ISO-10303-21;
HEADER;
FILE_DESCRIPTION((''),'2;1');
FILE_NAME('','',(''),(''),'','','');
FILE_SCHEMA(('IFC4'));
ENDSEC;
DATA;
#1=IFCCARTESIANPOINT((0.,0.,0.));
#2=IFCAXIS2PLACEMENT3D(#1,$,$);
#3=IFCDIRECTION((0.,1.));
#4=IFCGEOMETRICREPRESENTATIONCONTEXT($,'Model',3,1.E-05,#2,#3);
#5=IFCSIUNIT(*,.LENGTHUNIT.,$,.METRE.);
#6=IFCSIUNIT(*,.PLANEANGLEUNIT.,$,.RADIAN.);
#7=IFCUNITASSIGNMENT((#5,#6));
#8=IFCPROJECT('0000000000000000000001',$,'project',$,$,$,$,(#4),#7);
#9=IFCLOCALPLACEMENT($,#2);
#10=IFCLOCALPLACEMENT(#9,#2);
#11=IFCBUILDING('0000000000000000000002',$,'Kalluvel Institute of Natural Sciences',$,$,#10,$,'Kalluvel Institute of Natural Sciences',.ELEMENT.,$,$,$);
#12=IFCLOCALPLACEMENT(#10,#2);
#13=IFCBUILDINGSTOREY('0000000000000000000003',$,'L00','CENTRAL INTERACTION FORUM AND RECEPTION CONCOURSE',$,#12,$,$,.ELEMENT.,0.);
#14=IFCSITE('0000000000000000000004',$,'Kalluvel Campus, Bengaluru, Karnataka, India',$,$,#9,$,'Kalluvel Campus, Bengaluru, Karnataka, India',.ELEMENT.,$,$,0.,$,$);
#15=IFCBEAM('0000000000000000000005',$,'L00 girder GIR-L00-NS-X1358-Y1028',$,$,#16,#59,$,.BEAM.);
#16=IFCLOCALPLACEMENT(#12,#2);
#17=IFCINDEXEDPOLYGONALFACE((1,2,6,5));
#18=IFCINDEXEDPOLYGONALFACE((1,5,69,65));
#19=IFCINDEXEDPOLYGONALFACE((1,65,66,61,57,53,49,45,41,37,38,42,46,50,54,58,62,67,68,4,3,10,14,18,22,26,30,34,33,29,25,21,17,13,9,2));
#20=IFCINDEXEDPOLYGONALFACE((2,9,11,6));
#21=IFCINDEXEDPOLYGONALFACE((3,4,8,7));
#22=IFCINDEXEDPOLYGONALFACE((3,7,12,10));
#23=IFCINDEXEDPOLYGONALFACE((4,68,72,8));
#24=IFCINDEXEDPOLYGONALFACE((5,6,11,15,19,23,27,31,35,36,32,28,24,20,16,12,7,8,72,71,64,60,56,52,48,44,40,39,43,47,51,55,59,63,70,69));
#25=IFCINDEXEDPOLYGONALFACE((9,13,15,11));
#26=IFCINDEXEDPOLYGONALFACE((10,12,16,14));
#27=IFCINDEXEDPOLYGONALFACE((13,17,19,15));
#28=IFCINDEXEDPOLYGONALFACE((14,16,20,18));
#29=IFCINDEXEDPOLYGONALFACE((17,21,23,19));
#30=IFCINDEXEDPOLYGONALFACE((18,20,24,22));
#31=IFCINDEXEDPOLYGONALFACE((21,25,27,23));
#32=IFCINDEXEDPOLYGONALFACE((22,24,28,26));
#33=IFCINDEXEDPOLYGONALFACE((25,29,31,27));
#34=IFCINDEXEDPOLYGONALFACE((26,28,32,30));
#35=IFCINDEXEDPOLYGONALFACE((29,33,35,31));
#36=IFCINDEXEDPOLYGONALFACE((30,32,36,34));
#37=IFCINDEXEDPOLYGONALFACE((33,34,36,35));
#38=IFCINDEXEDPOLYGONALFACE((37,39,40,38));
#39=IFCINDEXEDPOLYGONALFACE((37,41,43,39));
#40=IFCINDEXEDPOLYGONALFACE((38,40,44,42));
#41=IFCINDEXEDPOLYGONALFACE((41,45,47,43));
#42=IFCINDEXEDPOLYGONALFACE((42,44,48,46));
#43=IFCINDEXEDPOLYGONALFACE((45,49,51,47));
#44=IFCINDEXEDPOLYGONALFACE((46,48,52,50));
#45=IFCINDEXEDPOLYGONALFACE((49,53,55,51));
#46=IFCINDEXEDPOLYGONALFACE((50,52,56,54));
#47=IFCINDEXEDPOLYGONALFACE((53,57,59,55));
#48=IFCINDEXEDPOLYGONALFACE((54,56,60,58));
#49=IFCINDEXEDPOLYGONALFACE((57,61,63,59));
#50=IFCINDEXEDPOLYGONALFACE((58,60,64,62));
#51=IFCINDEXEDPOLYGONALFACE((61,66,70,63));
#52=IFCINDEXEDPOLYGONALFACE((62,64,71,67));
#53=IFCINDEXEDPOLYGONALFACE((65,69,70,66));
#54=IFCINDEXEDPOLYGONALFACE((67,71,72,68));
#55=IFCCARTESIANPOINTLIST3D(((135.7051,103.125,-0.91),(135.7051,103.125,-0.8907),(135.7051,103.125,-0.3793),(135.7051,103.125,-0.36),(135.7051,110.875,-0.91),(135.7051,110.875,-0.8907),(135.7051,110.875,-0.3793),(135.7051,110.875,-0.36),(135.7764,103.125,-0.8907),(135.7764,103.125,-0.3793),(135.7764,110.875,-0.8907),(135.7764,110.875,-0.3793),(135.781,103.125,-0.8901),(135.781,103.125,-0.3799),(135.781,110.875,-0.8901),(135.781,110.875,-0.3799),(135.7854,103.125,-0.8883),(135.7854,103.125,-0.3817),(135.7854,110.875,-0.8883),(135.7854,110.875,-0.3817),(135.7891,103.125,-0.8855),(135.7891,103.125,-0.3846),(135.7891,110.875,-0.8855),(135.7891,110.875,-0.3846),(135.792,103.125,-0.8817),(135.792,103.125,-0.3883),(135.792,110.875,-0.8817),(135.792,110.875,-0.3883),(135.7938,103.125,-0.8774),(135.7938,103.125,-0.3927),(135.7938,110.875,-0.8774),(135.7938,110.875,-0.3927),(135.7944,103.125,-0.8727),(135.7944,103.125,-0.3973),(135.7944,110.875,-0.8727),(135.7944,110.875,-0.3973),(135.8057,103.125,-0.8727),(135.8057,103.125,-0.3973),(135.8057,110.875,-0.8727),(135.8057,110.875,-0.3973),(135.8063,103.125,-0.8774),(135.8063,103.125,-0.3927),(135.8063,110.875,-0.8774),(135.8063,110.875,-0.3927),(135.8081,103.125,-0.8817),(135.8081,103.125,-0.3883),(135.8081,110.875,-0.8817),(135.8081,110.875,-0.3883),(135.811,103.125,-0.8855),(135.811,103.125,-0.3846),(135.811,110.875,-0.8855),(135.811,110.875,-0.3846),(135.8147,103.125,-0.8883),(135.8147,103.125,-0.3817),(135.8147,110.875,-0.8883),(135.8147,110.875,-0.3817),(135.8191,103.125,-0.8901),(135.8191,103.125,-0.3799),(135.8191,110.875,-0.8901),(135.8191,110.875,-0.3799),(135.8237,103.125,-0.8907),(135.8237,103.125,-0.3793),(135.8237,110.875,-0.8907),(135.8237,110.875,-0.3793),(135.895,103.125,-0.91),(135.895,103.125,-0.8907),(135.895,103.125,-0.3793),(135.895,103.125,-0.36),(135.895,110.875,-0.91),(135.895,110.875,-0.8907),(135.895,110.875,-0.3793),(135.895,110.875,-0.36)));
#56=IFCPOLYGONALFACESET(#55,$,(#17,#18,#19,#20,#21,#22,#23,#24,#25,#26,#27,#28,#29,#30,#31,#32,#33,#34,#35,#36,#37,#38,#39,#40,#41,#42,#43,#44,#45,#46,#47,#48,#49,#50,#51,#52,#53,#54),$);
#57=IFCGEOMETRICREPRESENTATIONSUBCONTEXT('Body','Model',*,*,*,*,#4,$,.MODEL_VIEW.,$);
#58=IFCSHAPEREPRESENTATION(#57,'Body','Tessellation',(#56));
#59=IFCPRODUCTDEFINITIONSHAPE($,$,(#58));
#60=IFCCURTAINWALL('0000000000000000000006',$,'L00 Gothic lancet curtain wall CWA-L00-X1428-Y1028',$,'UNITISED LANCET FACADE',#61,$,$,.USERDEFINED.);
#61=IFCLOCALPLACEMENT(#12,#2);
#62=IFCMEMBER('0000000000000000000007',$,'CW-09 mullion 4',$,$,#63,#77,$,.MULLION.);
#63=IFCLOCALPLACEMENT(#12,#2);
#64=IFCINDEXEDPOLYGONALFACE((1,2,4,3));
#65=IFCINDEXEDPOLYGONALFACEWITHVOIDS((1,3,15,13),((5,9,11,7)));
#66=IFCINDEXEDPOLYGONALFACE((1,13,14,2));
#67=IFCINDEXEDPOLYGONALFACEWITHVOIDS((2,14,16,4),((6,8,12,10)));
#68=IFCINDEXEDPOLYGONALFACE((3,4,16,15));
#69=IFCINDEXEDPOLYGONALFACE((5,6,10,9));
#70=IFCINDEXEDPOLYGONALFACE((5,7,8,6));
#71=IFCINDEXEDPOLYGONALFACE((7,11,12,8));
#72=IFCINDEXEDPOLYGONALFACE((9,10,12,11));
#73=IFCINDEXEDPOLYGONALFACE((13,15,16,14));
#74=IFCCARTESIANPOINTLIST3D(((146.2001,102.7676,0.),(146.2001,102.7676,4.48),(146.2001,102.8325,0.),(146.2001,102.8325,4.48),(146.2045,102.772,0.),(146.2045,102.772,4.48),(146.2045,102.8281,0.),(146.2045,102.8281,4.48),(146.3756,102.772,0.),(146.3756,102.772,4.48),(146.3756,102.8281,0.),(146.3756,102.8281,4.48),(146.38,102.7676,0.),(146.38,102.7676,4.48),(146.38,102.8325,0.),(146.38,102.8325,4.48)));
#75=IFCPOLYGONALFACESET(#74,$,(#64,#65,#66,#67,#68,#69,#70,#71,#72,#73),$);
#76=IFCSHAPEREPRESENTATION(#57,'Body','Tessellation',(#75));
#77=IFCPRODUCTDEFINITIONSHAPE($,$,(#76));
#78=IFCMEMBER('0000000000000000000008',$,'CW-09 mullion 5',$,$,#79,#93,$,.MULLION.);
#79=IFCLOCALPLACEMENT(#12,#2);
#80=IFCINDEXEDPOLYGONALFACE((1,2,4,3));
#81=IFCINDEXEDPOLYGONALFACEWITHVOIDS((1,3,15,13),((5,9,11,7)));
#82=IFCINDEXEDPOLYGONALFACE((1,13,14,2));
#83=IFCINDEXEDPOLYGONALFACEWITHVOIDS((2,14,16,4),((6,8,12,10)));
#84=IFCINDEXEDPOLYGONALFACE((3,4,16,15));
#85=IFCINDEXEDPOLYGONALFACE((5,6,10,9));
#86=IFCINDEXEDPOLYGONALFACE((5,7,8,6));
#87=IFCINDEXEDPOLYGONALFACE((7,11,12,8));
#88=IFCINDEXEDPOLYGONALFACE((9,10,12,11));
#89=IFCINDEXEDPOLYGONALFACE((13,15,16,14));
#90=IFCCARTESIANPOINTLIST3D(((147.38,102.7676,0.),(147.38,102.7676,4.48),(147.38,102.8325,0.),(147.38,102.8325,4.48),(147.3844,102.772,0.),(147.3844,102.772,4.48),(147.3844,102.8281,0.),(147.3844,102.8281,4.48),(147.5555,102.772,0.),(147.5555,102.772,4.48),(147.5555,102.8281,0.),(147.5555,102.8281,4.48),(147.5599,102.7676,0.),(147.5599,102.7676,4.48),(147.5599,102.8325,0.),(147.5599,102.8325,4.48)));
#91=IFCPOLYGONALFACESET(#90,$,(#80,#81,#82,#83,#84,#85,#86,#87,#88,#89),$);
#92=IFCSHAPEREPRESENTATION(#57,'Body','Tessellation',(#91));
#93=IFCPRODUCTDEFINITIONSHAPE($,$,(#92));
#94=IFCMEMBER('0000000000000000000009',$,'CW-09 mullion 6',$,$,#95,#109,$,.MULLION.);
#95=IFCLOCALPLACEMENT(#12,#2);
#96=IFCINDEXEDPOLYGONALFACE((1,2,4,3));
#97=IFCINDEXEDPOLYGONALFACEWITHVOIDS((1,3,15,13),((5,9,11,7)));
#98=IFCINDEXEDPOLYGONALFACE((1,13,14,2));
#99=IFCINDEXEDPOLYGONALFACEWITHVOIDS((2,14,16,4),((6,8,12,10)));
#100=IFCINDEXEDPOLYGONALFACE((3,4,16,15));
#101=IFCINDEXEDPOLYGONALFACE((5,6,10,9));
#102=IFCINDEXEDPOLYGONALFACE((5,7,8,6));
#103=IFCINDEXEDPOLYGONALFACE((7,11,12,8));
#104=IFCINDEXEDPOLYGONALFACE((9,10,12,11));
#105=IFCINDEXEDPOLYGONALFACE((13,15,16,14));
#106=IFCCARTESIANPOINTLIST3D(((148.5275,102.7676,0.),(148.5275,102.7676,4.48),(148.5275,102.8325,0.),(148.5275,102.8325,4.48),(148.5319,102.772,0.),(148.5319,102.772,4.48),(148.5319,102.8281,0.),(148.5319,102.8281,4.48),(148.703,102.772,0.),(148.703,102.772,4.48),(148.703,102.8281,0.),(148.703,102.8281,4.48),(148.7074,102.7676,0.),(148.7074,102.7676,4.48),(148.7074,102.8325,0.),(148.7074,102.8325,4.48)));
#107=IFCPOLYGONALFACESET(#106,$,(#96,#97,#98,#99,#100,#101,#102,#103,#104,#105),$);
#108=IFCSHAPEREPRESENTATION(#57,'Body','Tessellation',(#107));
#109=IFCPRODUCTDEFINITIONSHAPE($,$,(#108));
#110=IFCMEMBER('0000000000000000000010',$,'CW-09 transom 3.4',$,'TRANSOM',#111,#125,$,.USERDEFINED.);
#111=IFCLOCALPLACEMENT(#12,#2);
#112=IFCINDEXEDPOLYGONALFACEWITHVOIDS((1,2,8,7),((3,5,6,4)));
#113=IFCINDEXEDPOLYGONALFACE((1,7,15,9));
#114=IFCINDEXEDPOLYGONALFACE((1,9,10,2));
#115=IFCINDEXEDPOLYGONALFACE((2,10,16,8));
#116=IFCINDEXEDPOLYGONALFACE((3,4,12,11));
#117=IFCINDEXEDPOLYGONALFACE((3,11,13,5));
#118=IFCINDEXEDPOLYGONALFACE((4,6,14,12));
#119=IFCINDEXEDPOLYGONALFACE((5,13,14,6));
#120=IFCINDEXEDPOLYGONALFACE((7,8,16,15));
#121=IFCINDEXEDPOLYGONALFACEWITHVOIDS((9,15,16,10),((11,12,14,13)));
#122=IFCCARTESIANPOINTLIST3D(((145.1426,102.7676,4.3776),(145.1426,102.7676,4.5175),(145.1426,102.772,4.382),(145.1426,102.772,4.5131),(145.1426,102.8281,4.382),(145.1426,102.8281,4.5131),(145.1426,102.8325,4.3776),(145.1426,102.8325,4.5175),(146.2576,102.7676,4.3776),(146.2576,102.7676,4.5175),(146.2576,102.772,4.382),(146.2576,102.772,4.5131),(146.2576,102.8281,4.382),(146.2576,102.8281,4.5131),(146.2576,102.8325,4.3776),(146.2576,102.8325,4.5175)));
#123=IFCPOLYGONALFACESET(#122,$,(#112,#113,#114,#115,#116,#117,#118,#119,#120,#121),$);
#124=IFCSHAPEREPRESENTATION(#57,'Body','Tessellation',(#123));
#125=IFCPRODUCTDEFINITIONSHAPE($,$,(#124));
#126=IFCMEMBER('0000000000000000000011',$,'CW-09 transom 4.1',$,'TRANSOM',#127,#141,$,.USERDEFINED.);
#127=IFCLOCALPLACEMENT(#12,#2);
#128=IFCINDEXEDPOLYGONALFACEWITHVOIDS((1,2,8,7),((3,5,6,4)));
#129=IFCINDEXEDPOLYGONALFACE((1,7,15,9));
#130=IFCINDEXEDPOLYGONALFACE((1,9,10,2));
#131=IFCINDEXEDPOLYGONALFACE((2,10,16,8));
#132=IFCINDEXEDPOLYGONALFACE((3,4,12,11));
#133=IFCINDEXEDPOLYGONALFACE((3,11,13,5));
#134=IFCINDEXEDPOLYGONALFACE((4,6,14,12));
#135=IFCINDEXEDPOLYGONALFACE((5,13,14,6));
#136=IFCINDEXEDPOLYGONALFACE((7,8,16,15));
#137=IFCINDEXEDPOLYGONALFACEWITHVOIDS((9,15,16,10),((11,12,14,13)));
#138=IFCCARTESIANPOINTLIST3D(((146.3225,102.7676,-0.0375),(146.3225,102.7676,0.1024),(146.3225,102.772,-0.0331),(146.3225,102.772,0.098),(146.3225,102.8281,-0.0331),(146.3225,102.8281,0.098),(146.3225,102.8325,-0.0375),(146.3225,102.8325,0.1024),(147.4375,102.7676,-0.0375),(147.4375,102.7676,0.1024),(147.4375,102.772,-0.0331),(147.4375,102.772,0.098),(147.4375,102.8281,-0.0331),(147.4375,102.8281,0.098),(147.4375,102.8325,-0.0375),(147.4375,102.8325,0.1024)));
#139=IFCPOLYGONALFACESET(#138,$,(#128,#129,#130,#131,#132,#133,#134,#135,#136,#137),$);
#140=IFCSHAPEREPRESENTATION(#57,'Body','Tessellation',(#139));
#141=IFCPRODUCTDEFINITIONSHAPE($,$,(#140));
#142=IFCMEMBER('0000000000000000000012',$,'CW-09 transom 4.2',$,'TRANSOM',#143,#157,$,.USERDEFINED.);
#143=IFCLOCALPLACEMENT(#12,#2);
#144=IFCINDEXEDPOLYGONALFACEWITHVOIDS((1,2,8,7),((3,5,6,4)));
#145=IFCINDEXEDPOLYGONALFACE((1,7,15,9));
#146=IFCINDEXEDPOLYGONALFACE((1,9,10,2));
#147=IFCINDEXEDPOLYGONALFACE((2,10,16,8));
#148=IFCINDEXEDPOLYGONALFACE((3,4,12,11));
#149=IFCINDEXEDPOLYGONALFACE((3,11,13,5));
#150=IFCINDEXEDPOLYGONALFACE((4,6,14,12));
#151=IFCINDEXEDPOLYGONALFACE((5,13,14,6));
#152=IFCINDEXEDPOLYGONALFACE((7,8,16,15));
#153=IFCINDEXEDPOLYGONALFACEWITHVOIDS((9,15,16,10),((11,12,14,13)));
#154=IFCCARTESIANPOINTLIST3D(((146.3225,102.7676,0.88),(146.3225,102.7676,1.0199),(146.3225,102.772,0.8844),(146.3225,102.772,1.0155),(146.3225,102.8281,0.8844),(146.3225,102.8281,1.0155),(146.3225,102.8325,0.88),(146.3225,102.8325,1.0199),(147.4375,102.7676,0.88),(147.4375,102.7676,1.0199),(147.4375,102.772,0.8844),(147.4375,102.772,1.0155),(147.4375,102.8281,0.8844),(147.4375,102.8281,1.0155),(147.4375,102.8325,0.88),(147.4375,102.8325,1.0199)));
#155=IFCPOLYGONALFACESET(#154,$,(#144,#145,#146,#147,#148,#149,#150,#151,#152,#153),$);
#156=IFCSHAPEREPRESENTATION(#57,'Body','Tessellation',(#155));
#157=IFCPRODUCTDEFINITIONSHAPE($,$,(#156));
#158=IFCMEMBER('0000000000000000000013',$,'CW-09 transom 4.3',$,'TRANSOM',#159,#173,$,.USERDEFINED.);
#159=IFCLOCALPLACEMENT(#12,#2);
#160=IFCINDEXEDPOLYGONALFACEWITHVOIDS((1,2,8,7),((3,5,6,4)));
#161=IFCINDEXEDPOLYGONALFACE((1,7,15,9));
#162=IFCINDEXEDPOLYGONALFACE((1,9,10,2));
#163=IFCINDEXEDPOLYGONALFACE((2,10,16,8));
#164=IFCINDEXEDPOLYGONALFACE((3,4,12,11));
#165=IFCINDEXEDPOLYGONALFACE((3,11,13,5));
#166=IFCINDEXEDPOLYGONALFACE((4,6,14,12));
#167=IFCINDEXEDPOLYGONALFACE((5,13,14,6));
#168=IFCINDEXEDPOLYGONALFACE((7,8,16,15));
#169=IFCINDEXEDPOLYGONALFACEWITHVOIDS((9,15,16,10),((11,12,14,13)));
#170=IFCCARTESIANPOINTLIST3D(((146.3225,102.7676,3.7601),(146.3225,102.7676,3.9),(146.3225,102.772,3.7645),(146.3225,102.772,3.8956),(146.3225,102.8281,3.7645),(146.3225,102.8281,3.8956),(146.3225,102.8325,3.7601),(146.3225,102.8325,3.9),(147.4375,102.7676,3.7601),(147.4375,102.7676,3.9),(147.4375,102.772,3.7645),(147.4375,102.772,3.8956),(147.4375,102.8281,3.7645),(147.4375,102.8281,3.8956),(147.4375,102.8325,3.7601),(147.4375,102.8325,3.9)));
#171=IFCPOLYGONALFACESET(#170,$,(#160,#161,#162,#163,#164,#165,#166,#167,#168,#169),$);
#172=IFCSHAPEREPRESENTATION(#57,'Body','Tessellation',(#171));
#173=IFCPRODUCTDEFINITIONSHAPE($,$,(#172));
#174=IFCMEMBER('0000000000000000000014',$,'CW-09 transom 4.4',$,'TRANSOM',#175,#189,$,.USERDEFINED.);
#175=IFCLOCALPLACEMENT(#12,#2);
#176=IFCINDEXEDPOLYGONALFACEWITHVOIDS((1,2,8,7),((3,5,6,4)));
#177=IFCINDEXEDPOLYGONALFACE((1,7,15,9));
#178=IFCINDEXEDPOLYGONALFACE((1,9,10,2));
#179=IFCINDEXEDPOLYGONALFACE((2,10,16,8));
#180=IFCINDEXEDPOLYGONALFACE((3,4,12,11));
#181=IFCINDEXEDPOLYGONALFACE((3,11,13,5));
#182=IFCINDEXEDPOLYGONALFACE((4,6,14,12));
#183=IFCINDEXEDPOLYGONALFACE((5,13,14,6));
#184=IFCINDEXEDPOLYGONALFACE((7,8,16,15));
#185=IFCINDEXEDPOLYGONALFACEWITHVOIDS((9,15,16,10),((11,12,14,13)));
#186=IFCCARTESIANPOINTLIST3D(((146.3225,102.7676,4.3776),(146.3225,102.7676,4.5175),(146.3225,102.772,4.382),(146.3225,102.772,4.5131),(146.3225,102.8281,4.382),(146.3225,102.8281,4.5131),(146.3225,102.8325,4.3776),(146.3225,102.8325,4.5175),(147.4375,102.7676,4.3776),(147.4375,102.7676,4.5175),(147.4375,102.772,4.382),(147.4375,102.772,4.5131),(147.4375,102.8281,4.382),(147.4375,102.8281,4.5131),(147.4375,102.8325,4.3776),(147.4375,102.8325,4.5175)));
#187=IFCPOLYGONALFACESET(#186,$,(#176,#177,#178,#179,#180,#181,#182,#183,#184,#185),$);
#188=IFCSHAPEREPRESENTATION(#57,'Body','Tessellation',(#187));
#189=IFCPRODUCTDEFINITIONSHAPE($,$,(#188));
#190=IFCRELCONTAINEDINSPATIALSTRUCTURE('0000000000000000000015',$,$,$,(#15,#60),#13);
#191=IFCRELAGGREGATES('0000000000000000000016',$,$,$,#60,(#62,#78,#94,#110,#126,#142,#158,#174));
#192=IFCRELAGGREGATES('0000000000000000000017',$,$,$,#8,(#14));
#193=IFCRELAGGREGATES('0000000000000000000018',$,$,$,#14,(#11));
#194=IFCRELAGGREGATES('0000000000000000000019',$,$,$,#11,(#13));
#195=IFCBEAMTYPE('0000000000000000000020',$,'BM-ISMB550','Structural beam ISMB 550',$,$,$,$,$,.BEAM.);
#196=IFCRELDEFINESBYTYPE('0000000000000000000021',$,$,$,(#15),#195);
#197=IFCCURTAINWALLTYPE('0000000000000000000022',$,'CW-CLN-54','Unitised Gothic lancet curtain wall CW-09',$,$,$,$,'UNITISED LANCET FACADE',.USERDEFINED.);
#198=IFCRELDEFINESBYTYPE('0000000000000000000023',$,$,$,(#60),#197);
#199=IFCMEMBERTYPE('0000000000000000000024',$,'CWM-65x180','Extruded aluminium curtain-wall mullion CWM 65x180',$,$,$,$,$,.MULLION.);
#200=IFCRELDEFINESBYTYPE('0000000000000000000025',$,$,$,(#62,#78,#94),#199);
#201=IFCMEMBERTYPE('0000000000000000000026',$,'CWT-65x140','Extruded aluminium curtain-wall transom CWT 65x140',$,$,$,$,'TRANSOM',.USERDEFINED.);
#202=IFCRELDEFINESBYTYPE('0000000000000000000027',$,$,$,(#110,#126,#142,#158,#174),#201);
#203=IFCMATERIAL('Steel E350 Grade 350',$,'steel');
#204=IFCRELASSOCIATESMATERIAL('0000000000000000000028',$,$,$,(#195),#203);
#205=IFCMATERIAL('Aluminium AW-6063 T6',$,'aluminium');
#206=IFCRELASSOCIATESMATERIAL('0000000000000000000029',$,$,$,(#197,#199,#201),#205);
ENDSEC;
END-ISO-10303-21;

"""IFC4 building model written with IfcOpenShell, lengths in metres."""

from ifc_helpers import new_model, si_unit, direction, frame, origin, origin_2d, place, context, subcontext, project, spatial, hollow_rectangle, i_section, extrude, material, material_profile, profile_set, type_object, element, aggregate, save


model = new_model("IFC4")

# Units and contexts
model_context = context("Model", 3, precision=1e-05, world=origin(), true_north=direction((0.0, 1.0)))
body_context = subcontext(model_context, "Body", "Model", "MODEL_VIEW")
ifc_project = project(units=[si_unit("LENGTHUNIT", "METRE"), si_unit("PLANEANGLEUNIT", "RADIAN")], contexts=[model_context])

# Site, building, storey
site_placement = place(None, origin())
site = spatial("IfcSite", under=ifc_project, at=site_placement, Name="Kalluvel Campus, Bengaluru, Karnataka, India", LongName="Kalluvel Campus, Bengaluru, Karnataka, India", CompositionType="ELEMENT", RefElevation=0.0)
building_placement = place(site_placement, origin())
building = spatial("IfcBuilding", under=site, at=building_placement, Name="Kalluvel Institute of Natural Sciences", LongName="Kalluvel Institute of Natural Sciences", CompositionType="ELEMENT")
storey_placement = place(building_placement, origin())
storey = spatial("IfcBuildingStorey", under=building, at=storey_placement, Name="L00", Description="CENTRAL INTERACTION FORUM AND RECEPTION CONCOURSE", CompositionType="ELEMENT", Elevation=0.0)

# Beam
ifc_material_1 = material(Name="Steel E350 Grade 350", Category="steel")
ifc_material_profile_1 = material_profile(ifc_material_1, i_section(OverallWidth=0.1899, OverallDepth=0.55, WebThickness=0.0112, FlangeThickness=0.0193, FilletRadius=0.0181, at=origin_2d()), Name="ISMB 550")
ifc_profile_set_1 = profile_set([ifc_material_profile_1], Name="Steel E350 Grade 350")
beam_type = type_object("IfcBeamType", Name="BM-ISMB550", Description="Structural beam ISMB 550", PredefinedType="BEAM", material=ifc_profile_set_1)
beam_placement = place(storey_placement, frame((135.8, 103.125, -0.635), z_axis=(0.0, 1.0, 0.0), x_axis=(-1.0, 0.0, 0.0)))
element("IfcBeam", 1, at=beam_placement, inside=storey, type_object=beam_type, Name="L00 girder GIR-L00-NS-X1358-Y1028", PredefinedType="BEAM", context=body_context, shape_type="SweptSolid", body=[
    extrude(i_section(OverallWidth=0.1899, OverallDepth=0.55, WebThickness=0.0112, FlangeThickness=0.0193, FilletRadius=0.0181, at=origin_2d()), origin(), (0.0, 0.0, 1.0), 7.75),
])

# Curtain wall, members
ifc_material_2 = material(Name="Aluminium AW-6063 T6", Category="aluminium")
curtain_wall_type = type_object("IfcCurtainWallType", Name="CW-CLN-54", Description="Unitised Gothic lancet curtain wall CW-09", ElementType="UNITISED LANCET FACADE", PredefinedType="USERDEFINED", material=ifc_material_2)
curtain_wall_placement = place(storey_placement, origin())
curtain_wall = element("IfcCurtainWall", 2, at=curtain_wall_placement, inside=storey, type_object=curtain_wall_type, Name="L00 Gothic lancet curtain wall CWA-L00-X1428-Y1028", ObjectType="UNITISED LANCET FACADE", PredefinedType="USERDEFINED")
ifc_material_profile_2 = material_profile(ifc_material_2, hollow_rectangle(XDim=0.0649, YDim=0.1799, WallThickness=0.0044, at=origin_2d()), Name="CWM 65x180")
ifc_profile_set_2 = profile_set([ifc_material_profile_2], Name="Aluminium AW-6063 T6")
member_type_1 = type_object("IfcMemberType", Name="CWM-65x180", Description="Extruded aluminium curtain-wall mullion CWM 65x180", PredefinedType="MULLION", material=ifc_profile_set_2)
member_1_placement = place(storey_placement, frame((146.29, 102.8, 0.0), z_axis=(0.0, 0.0, 1.0), x_axis=(0.0, 1.0, 0.0)))
member_1 = element("IfcMember", 3, at=member_1_placement, type_object=member_type_1, Name="CW-09 mullion 4", PredefinedType="MULLION", context=body_context, shape_type="SweptSolid", body=[
    extrude(hollow_rectangle(XDim=0.0649, YDim=0.1799, WallThickness=0.0044, at=origin_2d()), origin(), (0.0, 0.0, 1.0), 4.48),
])
member_2_placement = place(storey_placement, frame((147.47, 102.8, 0.0), z_axis=(0.0, 0.0, 1.0), x_axis=(0.0, 1.0, 0.0)))
member_2 = element("IfcMember", 4, at=member_2_placement, type_object=member_type_1, Name="CW-09 mullion 5", PredefinedType="MULLION", context=body_context, shape_type="SweptSolid", body=[
    extrude(hollow_rectangle(XDim=0.0649, YDim=0.1799, WallThickness=0.0044, at=origin_2d()), origin(), (0.0, 0.0, 1.0), 4.48),
])
member_3_placement = place(storey_placement, frame((148.6174, 102.8, 0.0), z_axis=(0.0, 0.0, 1.0), x_axis=(0.0, 1.0, 0.0)))
member_3 = element("IfcMember", 5, at=member_3_placement, type_object=member_type_1, Name="CW-09 mullion 6", PredefinedType="MULLION", context=body_context, shape_type="SweptSolid", body=[
    extrude(hollow_rectangle(XDim=0.0649, YDim=0.1799, WallThickness=0.0044, at=origin_2d()), origin(), (0.0, 0.0, 1.0), 4.48),
])
ifc_material_profile_3 = material_profile(ifc_material_2, hollow_rectangle(XDim=0.0649, YDim=0.1399, WallThickness=0.0044, at=origin_2d()), Name="CWT 65x140")
ifc_profile_set_3 = profile_set([ifc_material_profile_3], Name="Aluminium AW-6063 T6")
member_type_2 = type_object("IfcMemberType", Name="CWT-65x140", Description="Extruded aluminium curtain-wall transom CWT 65x140", ElementType="TRANSOM", PredefinedType="USERDEFINED", material=ifc_profile_set_3)
member_4_placement = place(storey_placement, frame((145.1426, 102.8, 4.4475), z_axis=(1.0, 0.0, 0.0), x_axis=(0.0, 1.0, 0.0)))
member_4 = element("IfcMember", 6, at=member_4_placement, type_object=member_type_2, Name="CW-09 transom 3.4", ObjectType="TRANSOM", PredefinedType="USERDEFINED", context=body_context, shape_type="SweptSolid", body=[
    extrude(hollow_rectangle(XDim=0.0649, YDim=0.1399, WallThickness=0.0044, at=origin_2d()), origin(), (0.0, 0.0, 1.0), 1.115),
])
member_5_placement = place(storey_placement, frame((146.3225, 102.8, 0.0325), z_axis=(1.0, 0.0, 0.0), x_axis=(0.0, 1.0, 0.0)))
member_5 = element("IfcMember", 7, at=member_5_placement, type_object=member_type_2, Name="CW-09 transom 4.1", ObjectType="TRANSOM", PredefinedType="USERDEFINED", context=body_context, shape_type="SweptSolid", body=[
    extrude(hollow_rectangle(XDim=0.0649, YDim=0.1399, WallThickness=0.0044, at=origin_2d()), origin(), (0.0, 0.0, 1.0), 1.115),
])
member_6_placement = place(storey_placement, frame((146.3225, 102.8, 0.95), z_axis=(1.0, 0.0, 0.0), x_axis=(0.0, 1.0, 0.0)))
member_6 = element("IfcMember", 8, at=member_6_placement, type_object=member_type_2, Name="CW-09 transom 4.2", ObjectType="TRANSOM", PredefinedType="USERDEFINED", context=body_context, shape_type="SweptSolid", body=[
    extrude(hollow_rectangle(XDim=0.0649, YDim=0.1399, WallThickness=0.0044, at=origin_2d()), origin(), (0.0, 0.0, 1.0), 1.115),
])
member_7_placement = place(storey_placement, frame((146.3225, 102.8, 3.8301), z_axis=(1.0, 0.0, 0.0), x_axis=(0.0, 1.0, 0.0)))
member_7 = element("IfcMember", 9, at=member_7_placement, type_object=member_type_2, Name="CW-09 transom 4.3", ObjectType="TRANSOM", PredefinedType="USERDEFINED", context=body_context, shape_type="SweptSolid", body=[
    extrude(hollow_rectangle(XDim=0.0649, YDim=0.1399, WallThickness=0.0044, at=origin_2d()), origin(), (0.0, 0.0, 1.0), 1.115),
])
member_8_placement = place(storey_placement, frame((146.3225, 102.8, 4.4475), z_axis=(1.0, 0.0, 0.0), x_axis=(0.0, 1.0, 0.0)))
member_8 = element("IfcMember", 10, at=member_8_placement, type_object=member_type_2, Name="CW-09 transom 4.4", ObjectType="TRANSOM", PredefinedType="USERDEFINED", context=body_context, shape_type="SweptSolid", body=[
    extrude(hollow_rectangle(XDim=0.0649, YDim=0.1399, WallThickness=0.0044, at=origin_2d()), origin(), (0.0, 0.0, 1.0), 1.115),
])
aggregate(curtain_wall, [member_1, member_2, member_3, member_4, member_5, member_6, member_7, member_8])

save(model, "model.ifc")
